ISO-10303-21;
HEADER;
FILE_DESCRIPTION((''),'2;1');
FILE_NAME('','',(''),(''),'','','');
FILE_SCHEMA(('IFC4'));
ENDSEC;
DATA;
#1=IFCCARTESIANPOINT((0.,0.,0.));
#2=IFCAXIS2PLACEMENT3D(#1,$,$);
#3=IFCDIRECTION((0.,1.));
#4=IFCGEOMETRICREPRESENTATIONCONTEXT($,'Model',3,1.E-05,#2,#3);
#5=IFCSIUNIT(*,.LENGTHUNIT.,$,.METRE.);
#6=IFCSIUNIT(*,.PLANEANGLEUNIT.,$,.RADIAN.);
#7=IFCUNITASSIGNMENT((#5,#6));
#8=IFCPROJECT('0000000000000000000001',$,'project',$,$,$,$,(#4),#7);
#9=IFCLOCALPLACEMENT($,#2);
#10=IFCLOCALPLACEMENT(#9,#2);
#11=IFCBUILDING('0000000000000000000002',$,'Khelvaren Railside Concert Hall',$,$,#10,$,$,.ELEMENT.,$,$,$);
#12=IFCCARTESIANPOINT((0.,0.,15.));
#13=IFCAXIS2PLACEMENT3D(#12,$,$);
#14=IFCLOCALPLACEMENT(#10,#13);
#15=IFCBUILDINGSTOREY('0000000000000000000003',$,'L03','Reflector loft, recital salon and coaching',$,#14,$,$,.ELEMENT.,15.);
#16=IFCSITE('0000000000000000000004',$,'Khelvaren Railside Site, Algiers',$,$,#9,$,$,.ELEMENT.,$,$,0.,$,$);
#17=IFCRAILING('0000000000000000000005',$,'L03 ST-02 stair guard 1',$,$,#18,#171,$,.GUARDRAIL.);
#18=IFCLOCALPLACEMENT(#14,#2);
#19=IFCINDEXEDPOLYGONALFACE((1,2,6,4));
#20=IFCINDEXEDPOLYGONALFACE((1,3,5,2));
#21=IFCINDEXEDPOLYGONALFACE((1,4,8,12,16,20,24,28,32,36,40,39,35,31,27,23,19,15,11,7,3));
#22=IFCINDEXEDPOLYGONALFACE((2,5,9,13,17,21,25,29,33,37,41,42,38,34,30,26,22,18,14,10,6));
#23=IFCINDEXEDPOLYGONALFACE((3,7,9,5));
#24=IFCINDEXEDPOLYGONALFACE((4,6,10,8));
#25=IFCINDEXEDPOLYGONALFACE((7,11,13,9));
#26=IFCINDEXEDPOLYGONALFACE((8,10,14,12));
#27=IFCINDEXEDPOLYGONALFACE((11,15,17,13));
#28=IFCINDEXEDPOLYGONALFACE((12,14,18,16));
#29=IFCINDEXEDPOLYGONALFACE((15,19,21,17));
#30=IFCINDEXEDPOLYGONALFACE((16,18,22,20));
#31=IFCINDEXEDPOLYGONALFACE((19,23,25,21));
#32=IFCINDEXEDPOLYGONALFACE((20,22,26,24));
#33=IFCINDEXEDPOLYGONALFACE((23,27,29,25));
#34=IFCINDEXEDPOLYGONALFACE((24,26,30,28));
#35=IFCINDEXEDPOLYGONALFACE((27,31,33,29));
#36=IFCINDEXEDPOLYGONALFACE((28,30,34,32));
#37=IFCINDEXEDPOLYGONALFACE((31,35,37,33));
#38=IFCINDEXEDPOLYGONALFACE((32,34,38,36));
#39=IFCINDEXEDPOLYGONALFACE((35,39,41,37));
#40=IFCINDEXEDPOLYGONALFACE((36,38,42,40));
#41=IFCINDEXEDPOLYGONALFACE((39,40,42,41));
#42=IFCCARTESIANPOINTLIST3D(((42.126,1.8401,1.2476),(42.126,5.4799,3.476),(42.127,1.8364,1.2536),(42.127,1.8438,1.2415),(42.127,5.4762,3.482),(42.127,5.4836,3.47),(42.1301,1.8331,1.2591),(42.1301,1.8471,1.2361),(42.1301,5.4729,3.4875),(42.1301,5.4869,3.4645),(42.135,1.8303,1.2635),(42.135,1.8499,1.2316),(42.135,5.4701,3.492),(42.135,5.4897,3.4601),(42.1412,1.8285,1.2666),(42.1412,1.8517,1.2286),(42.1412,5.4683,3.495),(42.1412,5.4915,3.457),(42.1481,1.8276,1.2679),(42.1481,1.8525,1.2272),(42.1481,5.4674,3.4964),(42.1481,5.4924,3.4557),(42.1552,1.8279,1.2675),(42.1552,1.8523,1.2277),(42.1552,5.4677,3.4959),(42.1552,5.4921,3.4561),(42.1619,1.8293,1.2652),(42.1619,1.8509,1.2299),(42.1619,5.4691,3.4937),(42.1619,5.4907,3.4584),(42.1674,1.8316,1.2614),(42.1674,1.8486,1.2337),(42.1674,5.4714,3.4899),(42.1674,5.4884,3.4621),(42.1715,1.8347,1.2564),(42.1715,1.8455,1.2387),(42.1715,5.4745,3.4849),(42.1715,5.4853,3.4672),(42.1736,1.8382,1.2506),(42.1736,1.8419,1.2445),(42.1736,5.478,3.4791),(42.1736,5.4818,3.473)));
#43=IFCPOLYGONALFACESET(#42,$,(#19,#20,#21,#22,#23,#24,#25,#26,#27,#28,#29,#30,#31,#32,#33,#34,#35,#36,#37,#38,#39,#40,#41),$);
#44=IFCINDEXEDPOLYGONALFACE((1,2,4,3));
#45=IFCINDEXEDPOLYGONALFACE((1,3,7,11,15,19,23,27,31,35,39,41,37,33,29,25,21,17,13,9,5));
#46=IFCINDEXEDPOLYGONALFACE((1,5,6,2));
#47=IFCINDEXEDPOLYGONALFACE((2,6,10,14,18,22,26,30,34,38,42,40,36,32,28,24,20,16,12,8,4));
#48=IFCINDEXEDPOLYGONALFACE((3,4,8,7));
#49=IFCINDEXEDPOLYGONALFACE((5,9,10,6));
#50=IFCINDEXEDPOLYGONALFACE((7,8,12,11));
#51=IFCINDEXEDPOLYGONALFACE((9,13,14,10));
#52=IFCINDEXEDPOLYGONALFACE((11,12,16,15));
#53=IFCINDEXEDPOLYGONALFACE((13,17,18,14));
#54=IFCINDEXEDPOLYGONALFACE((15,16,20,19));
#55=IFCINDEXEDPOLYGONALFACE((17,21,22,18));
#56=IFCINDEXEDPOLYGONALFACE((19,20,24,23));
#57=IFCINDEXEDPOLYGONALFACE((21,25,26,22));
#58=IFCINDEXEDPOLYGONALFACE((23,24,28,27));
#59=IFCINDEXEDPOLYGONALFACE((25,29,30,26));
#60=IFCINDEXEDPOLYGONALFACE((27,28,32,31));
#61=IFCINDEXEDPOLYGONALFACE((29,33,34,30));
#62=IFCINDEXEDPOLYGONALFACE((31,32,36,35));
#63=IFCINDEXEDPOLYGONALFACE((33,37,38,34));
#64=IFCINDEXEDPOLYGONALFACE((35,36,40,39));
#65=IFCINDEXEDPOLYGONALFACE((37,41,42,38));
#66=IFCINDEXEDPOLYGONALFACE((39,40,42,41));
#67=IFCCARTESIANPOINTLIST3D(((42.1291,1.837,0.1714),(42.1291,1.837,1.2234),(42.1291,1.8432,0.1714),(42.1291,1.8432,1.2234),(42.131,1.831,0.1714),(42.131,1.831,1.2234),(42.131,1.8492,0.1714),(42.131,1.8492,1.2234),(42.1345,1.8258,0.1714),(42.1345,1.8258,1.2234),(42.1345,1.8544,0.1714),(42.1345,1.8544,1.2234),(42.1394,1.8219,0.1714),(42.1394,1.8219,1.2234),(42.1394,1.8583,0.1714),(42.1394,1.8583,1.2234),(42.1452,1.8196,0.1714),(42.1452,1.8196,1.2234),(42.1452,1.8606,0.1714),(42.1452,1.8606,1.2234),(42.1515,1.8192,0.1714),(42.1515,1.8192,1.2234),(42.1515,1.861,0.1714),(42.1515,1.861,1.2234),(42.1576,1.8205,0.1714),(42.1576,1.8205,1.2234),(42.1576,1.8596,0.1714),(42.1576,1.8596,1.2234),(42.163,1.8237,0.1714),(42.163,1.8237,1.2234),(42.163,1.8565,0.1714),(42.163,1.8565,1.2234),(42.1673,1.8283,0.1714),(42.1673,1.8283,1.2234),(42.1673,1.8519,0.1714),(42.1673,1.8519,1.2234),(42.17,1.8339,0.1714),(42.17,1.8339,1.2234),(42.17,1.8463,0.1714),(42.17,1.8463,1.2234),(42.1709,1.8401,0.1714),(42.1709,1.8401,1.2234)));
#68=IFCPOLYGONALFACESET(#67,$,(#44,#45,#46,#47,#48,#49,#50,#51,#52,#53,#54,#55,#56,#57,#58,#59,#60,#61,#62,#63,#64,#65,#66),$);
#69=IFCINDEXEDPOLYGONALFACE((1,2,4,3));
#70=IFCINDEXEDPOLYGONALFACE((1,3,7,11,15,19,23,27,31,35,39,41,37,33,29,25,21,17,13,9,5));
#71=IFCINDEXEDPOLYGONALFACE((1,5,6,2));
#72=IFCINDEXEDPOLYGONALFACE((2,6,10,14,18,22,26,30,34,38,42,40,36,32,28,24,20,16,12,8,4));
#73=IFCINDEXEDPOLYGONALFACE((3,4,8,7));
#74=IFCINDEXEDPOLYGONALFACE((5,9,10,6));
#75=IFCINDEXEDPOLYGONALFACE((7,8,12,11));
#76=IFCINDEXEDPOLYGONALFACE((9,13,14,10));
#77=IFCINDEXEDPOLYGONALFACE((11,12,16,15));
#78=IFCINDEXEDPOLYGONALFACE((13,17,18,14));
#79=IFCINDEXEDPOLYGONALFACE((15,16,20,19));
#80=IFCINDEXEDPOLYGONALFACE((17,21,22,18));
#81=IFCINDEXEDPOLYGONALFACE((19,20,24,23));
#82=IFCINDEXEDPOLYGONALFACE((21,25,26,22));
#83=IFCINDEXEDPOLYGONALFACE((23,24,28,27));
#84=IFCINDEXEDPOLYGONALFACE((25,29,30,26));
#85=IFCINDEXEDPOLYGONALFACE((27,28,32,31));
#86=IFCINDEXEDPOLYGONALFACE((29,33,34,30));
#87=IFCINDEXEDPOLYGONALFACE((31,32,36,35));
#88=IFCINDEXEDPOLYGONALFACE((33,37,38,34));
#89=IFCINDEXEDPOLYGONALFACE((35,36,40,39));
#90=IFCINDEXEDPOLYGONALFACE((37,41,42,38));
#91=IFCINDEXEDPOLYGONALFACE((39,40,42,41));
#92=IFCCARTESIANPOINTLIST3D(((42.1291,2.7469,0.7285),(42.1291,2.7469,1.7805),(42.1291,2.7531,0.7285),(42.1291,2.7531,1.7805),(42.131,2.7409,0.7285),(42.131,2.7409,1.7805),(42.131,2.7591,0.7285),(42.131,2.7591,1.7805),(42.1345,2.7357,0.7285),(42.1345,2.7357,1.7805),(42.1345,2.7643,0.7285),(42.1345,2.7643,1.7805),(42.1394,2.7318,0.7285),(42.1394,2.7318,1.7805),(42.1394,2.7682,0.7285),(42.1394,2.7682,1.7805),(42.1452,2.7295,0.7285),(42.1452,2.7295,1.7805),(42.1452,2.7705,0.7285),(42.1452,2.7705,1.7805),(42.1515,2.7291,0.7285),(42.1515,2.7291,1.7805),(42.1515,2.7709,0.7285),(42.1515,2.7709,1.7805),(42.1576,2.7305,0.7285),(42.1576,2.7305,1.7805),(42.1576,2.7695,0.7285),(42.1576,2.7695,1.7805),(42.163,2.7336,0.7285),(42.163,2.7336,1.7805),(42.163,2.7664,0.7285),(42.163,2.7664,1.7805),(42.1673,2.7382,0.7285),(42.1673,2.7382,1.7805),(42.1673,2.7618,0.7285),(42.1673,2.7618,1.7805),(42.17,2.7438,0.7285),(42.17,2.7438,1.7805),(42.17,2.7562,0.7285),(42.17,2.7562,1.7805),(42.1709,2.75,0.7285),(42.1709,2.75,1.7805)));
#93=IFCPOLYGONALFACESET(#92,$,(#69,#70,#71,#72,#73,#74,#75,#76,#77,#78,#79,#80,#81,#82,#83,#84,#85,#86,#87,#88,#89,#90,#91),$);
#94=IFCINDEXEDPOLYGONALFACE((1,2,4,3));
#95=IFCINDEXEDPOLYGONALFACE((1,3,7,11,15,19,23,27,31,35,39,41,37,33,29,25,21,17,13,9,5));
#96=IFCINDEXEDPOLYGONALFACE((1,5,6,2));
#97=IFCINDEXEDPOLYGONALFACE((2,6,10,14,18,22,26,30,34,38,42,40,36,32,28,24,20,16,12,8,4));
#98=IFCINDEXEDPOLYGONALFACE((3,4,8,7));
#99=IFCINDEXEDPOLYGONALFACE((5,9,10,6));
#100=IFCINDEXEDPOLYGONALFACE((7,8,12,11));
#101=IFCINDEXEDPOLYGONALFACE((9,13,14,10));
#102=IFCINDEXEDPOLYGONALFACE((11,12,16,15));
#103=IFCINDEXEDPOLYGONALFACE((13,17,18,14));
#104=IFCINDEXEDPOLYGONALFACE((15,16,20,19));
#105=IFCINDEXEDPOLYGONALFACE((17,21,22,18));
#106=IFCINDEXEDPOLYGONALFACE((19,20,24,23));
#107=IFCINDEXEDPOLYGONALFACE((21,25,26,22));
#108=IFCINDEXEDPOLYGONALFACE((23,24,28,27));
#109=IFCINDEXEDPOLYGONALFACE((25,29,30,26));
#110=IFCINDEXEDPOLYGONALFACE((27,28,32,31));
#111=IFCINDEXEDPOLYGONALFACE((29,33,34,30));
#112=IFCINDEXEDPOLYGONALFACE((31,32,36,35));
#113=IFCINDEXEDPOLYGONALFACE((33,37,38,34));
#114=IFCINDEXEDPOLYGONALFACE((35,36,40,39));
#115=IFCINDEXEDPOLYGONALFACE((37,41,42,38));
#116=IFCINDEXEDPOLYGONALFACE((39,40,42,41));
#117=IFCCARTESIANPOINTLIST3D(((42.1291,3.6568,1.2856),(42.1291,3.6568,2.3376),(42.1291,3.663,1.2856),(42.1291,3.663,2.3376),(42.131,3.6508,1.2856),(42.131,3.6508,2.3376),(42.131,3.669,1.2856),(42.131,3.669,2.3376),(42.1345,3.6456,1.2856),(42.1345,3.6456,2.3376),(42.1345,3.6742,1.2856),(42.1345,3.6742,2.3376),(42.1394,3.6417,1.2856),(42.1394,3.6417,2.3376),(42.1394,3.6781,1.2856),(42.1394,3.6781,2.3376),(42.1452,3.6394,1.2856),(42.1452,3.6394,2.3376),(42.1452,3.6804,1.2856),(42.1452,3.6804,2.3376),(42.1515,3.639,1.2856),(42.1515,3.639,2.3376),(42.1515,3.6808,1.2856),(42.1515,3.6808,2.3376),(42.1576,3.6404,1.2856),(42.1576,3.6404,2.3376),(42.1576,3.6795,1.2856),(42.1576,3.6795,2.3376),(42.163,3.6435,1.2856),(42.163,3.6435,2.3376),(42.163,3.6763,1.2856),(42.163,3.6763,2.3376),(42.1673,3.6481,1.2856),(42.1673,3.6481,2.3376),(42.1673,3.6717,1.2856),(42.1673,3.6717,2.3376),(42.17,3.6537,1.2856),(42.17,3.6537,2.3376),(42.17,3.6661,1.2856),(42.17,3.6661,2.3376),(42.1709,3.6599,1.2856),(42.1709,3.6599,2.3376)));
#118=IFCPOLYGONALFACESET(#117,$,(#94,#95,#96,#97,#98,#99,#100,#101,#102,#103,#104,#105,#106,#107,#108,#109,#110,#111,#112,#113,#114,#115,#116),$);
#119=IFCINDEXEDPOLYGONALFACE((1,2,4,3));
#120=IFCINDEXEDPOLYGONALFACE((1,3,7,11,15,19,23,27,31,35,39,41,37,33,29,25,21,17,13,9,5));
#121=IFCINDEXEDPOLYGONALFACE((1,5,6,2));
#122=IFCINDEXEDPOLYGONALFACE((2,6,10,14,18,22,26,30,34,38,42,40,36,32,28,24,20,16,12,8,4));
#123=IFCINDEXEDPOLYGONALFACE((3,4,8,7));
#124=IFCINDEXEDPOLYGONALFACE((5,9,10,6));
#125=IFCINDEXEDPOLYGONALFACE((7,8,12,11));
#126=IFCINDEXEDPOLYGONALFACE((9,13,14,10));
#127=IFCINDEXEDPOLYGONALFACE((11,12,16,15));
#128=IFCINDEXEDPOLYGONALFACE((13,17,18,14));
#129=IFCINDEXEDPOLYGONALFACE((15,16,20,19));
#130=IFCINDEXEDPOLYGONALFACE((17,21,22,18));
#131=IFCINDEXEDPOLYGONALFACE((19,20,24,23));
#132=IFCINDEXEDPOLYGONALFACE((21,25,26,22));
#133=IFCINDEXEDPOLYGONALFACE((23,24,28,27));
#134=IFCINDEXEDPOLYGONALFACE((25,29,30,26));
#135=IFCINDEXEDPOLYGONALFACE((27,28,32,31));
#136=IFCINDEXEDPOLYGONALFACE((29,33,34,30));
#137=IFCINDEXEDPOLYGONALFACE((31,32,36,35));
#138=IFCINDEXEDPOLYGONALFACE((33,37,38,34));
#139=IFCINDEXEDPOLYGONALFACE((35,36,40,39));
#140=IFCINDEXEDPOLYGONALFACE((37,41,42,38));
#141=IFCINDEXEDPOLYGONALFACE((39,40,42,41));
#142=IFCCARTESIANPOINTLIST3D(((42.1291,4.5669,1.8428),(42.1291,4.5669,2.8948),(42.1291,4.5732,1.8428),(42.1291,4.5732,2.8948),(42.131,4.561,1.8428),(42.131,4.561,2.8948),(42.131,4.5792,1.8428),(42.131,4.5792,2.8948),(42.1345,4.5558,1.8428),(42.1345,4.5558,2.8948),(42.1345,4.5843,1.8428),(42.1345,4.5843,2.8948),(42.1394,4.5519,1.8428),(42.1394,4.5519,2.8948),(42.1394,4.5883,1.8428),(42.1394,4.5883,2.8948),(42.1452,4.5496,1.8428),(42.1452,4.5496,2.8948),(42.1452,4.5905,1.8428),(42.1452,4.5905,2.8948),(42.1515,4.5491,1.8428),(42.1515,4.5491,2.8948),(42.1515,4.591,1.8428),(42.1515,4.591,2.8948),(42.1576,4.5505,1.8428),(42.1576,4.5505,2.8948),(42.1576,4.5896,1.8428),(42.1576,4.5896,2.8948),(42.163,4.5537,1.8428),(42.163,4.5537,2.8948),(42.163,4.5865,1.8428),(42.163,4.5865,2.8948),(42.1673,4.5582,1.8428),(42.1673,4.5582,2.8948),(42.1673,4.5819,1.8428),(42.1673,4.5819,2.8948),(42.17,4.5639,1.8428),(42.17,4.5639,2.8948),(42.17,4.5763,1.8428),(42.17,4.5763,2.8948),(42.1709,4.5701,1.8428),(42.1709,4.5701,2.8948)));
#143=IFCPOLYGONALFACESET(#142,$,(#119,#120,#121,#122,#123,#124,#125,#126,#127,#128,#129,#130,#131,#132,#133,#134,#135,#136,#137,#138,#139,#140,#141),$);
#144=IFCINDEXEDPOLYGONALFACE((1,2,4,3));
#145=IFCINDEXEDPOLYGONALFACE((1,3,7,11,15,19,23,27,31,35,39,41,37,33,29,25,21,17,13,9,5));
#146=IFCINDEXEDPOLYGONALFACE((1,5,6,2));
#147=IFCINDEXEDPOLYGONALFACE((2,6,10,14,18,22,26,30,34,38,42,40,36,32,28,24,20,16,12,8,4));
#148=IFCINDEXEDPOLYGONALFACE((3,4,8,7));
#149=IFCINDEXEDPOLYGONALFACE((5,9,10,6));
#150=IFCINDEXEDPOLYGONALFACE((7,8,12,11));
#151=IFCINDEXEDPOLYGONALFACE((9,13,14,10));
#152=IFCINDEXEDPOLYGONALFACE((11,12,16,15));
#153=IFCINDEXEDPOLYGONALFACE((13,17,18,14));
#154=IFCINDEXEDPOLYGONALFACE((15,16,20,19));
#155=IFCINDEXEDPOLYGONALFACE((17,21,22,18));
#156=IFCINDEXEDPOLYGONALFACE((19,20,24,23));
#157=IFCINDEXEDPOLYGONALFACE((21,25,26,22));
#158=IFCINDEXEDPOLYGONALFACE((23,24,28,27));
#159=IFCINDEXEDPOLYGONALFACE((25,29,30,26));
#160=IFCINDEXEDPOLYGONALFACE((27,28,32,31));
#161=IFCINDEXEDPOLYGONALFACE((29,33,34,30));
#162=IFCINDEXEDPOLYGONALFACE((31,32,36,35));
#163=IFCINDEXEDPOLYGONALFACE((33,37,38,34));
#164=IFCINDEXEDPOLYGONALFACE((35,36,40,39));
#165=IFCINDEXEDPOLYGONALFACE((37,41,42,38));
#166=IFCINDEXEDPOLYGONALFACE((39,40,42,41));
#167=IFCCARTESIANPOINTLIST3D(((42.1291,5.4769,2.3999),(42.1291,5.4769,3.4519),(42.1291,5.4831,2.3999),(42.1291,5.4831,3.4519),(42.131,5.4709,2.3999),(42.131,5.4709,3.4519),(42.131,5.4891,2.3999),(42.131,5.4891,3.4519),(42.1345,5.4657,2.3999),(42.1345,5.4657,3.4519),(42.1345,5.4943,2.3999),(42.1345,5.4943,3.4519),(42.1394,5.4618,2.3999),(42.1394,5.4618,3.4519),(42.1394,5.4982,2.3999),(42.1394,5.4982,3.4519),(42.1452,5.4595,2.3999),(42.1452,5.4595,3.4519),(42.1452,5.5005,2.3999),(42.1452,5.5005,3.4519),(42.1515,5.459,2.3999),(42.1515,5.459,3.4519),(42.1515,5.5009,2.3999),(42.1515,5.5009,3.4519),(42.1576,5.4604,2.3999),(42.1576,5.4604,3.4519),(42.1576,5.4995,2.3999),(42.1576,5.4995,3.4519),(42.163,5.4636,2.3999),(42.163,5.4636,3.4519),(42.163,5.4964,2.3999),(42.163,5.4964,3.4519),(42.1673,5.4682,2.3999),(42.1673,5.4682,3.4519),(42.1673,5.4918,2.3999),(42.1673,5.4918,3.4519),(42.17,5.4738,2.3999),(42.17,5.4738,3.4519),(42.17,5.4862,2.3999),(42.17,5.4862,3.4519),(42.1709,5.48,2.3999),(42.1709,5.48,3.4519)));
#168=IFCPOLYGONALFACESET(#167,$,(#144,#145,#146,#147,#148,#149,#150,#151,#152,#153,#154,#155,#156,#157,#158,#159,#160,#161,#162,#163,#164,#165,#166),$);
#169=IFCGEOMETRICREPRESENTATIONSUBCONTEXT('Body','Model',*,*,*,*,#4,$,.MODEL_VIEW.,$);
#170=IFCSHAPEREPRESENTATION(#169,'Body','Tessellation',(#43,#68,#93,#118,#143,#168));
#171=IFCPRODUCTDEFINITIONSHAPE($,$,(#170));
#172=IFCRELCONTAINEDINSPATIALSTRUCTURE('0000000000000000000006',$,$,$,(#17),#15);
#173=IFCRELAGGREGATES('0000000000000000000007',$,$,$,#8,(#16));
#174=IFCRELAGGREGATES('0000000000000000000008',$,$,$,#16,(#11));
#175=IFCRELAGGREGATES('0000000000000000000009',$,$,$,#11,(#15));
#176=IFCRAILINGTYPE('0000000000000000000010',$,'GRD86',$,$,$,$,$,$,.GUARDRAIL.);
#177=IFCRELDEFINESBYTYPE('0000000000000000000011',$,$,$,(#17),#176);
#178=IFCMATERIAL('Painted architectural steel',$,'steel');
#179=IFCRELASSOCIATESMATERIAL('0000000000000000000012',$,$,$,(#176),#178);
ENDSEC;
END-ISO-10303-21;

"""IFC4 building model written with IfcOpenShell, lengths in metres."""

from ifc_helpers import new_model, si_unit, direction, frame, origin, origin_2d, place, context, subcontext, project, spatial, circle, extrude, material, type_object, element, save


model = new_model("IFC4")

# Units and contexts
model_context = context("Model", 3, precision=1e-05, world=origin(), true_north=direction((0.0, 1.0)))
body_context = subcontext(model_context, "Body", "Model", "MODEL_VIEW")
ifc_project = project(units=[si_unit("LENGTHUNIT", "METRE"), si_unit("PLANEANGLEUNIT", "RADIAN")], contexts=[model_context])

# Site, building, storey
site_placement = place(None, origin())
site = spatial("IfcSite", under=ifc_project, at=site_placement, Name="Khelvaren Railside Site, Algiers", CompositionType="ELEMENT", RefElevation=0.0)
building_placement = place(site_placement, origin())
building = spatial("IfcBuilding", under=site, at=building_placement, Name="Khelvaren Railside Concert Hall", CompositionType="ELEMENT")
storey_placement = place(building_placement, frame((0.0, 0.0, 15.0)))
storey = spatial("IfcBuildingStorey", under=building, at=storey_placement, Name="L03", Description="Reflector loft, recital salon and coaching", CompositionType="ELEMENT", Elevation=15.0)

# Railing
ifc_material_1 = material(Name="Painted architectural steel", Category="steel")
railing_type_1 = type_object("IfcRailingType", Name="GRD86", PredefinedType="GUARDRAIL", material=ifc_material_1)
railing_1_placement = place(storey_placement, frame((42.1499, 1.8401, 0.1714)))
element("IfcRailing", 1, at=railing_1_placement, inside=storey, type_object=railing_type_1, Name="L03 ST-02 stair guard 1", PredefinedType="GUARDRAIL", context=body_context, shape_type="SweptSolid", body=[
    extrude(circle(Radius=0.0239, at=origin_2d()), frame((0.0, 0.0, 1.0762), z_axis=(0.0, 0.85285, 0.522156), x_axis=(-1.0, 0.0, 0.0)), (0.0, 0.0, 1.0), 4.2678),
    extrude(circle(Radius=0.021, at=origin_2d()), origin(), (0.0, 0.0, 1.0), 1.052),
    extrude(circle(Radius=0.021, at=origin_2d()), frame((0.0, 0.9099, 0.5571)), (0.0, 0.0, 1.0), 1.052),
    extrude(circle(Radius=0.021, at=origin_2d()), frame((0.0, 1.8198, 1.1143)), (0.0, 0.0, 1.0), 1.052),
    extrude(circle(Radius=0.021, at=origin_2d()), frame((0.0, 2.73, 1.6714)), (0.0, 0.0, 1.0), 1.052),
    extrude(circle(Radius=0.021, at=origin_2d()), frame((0.0, 3.6399, 2.2285)), (0.0, 0.0, 1.0), 1.052),
])

save(model, "model.ifc")
